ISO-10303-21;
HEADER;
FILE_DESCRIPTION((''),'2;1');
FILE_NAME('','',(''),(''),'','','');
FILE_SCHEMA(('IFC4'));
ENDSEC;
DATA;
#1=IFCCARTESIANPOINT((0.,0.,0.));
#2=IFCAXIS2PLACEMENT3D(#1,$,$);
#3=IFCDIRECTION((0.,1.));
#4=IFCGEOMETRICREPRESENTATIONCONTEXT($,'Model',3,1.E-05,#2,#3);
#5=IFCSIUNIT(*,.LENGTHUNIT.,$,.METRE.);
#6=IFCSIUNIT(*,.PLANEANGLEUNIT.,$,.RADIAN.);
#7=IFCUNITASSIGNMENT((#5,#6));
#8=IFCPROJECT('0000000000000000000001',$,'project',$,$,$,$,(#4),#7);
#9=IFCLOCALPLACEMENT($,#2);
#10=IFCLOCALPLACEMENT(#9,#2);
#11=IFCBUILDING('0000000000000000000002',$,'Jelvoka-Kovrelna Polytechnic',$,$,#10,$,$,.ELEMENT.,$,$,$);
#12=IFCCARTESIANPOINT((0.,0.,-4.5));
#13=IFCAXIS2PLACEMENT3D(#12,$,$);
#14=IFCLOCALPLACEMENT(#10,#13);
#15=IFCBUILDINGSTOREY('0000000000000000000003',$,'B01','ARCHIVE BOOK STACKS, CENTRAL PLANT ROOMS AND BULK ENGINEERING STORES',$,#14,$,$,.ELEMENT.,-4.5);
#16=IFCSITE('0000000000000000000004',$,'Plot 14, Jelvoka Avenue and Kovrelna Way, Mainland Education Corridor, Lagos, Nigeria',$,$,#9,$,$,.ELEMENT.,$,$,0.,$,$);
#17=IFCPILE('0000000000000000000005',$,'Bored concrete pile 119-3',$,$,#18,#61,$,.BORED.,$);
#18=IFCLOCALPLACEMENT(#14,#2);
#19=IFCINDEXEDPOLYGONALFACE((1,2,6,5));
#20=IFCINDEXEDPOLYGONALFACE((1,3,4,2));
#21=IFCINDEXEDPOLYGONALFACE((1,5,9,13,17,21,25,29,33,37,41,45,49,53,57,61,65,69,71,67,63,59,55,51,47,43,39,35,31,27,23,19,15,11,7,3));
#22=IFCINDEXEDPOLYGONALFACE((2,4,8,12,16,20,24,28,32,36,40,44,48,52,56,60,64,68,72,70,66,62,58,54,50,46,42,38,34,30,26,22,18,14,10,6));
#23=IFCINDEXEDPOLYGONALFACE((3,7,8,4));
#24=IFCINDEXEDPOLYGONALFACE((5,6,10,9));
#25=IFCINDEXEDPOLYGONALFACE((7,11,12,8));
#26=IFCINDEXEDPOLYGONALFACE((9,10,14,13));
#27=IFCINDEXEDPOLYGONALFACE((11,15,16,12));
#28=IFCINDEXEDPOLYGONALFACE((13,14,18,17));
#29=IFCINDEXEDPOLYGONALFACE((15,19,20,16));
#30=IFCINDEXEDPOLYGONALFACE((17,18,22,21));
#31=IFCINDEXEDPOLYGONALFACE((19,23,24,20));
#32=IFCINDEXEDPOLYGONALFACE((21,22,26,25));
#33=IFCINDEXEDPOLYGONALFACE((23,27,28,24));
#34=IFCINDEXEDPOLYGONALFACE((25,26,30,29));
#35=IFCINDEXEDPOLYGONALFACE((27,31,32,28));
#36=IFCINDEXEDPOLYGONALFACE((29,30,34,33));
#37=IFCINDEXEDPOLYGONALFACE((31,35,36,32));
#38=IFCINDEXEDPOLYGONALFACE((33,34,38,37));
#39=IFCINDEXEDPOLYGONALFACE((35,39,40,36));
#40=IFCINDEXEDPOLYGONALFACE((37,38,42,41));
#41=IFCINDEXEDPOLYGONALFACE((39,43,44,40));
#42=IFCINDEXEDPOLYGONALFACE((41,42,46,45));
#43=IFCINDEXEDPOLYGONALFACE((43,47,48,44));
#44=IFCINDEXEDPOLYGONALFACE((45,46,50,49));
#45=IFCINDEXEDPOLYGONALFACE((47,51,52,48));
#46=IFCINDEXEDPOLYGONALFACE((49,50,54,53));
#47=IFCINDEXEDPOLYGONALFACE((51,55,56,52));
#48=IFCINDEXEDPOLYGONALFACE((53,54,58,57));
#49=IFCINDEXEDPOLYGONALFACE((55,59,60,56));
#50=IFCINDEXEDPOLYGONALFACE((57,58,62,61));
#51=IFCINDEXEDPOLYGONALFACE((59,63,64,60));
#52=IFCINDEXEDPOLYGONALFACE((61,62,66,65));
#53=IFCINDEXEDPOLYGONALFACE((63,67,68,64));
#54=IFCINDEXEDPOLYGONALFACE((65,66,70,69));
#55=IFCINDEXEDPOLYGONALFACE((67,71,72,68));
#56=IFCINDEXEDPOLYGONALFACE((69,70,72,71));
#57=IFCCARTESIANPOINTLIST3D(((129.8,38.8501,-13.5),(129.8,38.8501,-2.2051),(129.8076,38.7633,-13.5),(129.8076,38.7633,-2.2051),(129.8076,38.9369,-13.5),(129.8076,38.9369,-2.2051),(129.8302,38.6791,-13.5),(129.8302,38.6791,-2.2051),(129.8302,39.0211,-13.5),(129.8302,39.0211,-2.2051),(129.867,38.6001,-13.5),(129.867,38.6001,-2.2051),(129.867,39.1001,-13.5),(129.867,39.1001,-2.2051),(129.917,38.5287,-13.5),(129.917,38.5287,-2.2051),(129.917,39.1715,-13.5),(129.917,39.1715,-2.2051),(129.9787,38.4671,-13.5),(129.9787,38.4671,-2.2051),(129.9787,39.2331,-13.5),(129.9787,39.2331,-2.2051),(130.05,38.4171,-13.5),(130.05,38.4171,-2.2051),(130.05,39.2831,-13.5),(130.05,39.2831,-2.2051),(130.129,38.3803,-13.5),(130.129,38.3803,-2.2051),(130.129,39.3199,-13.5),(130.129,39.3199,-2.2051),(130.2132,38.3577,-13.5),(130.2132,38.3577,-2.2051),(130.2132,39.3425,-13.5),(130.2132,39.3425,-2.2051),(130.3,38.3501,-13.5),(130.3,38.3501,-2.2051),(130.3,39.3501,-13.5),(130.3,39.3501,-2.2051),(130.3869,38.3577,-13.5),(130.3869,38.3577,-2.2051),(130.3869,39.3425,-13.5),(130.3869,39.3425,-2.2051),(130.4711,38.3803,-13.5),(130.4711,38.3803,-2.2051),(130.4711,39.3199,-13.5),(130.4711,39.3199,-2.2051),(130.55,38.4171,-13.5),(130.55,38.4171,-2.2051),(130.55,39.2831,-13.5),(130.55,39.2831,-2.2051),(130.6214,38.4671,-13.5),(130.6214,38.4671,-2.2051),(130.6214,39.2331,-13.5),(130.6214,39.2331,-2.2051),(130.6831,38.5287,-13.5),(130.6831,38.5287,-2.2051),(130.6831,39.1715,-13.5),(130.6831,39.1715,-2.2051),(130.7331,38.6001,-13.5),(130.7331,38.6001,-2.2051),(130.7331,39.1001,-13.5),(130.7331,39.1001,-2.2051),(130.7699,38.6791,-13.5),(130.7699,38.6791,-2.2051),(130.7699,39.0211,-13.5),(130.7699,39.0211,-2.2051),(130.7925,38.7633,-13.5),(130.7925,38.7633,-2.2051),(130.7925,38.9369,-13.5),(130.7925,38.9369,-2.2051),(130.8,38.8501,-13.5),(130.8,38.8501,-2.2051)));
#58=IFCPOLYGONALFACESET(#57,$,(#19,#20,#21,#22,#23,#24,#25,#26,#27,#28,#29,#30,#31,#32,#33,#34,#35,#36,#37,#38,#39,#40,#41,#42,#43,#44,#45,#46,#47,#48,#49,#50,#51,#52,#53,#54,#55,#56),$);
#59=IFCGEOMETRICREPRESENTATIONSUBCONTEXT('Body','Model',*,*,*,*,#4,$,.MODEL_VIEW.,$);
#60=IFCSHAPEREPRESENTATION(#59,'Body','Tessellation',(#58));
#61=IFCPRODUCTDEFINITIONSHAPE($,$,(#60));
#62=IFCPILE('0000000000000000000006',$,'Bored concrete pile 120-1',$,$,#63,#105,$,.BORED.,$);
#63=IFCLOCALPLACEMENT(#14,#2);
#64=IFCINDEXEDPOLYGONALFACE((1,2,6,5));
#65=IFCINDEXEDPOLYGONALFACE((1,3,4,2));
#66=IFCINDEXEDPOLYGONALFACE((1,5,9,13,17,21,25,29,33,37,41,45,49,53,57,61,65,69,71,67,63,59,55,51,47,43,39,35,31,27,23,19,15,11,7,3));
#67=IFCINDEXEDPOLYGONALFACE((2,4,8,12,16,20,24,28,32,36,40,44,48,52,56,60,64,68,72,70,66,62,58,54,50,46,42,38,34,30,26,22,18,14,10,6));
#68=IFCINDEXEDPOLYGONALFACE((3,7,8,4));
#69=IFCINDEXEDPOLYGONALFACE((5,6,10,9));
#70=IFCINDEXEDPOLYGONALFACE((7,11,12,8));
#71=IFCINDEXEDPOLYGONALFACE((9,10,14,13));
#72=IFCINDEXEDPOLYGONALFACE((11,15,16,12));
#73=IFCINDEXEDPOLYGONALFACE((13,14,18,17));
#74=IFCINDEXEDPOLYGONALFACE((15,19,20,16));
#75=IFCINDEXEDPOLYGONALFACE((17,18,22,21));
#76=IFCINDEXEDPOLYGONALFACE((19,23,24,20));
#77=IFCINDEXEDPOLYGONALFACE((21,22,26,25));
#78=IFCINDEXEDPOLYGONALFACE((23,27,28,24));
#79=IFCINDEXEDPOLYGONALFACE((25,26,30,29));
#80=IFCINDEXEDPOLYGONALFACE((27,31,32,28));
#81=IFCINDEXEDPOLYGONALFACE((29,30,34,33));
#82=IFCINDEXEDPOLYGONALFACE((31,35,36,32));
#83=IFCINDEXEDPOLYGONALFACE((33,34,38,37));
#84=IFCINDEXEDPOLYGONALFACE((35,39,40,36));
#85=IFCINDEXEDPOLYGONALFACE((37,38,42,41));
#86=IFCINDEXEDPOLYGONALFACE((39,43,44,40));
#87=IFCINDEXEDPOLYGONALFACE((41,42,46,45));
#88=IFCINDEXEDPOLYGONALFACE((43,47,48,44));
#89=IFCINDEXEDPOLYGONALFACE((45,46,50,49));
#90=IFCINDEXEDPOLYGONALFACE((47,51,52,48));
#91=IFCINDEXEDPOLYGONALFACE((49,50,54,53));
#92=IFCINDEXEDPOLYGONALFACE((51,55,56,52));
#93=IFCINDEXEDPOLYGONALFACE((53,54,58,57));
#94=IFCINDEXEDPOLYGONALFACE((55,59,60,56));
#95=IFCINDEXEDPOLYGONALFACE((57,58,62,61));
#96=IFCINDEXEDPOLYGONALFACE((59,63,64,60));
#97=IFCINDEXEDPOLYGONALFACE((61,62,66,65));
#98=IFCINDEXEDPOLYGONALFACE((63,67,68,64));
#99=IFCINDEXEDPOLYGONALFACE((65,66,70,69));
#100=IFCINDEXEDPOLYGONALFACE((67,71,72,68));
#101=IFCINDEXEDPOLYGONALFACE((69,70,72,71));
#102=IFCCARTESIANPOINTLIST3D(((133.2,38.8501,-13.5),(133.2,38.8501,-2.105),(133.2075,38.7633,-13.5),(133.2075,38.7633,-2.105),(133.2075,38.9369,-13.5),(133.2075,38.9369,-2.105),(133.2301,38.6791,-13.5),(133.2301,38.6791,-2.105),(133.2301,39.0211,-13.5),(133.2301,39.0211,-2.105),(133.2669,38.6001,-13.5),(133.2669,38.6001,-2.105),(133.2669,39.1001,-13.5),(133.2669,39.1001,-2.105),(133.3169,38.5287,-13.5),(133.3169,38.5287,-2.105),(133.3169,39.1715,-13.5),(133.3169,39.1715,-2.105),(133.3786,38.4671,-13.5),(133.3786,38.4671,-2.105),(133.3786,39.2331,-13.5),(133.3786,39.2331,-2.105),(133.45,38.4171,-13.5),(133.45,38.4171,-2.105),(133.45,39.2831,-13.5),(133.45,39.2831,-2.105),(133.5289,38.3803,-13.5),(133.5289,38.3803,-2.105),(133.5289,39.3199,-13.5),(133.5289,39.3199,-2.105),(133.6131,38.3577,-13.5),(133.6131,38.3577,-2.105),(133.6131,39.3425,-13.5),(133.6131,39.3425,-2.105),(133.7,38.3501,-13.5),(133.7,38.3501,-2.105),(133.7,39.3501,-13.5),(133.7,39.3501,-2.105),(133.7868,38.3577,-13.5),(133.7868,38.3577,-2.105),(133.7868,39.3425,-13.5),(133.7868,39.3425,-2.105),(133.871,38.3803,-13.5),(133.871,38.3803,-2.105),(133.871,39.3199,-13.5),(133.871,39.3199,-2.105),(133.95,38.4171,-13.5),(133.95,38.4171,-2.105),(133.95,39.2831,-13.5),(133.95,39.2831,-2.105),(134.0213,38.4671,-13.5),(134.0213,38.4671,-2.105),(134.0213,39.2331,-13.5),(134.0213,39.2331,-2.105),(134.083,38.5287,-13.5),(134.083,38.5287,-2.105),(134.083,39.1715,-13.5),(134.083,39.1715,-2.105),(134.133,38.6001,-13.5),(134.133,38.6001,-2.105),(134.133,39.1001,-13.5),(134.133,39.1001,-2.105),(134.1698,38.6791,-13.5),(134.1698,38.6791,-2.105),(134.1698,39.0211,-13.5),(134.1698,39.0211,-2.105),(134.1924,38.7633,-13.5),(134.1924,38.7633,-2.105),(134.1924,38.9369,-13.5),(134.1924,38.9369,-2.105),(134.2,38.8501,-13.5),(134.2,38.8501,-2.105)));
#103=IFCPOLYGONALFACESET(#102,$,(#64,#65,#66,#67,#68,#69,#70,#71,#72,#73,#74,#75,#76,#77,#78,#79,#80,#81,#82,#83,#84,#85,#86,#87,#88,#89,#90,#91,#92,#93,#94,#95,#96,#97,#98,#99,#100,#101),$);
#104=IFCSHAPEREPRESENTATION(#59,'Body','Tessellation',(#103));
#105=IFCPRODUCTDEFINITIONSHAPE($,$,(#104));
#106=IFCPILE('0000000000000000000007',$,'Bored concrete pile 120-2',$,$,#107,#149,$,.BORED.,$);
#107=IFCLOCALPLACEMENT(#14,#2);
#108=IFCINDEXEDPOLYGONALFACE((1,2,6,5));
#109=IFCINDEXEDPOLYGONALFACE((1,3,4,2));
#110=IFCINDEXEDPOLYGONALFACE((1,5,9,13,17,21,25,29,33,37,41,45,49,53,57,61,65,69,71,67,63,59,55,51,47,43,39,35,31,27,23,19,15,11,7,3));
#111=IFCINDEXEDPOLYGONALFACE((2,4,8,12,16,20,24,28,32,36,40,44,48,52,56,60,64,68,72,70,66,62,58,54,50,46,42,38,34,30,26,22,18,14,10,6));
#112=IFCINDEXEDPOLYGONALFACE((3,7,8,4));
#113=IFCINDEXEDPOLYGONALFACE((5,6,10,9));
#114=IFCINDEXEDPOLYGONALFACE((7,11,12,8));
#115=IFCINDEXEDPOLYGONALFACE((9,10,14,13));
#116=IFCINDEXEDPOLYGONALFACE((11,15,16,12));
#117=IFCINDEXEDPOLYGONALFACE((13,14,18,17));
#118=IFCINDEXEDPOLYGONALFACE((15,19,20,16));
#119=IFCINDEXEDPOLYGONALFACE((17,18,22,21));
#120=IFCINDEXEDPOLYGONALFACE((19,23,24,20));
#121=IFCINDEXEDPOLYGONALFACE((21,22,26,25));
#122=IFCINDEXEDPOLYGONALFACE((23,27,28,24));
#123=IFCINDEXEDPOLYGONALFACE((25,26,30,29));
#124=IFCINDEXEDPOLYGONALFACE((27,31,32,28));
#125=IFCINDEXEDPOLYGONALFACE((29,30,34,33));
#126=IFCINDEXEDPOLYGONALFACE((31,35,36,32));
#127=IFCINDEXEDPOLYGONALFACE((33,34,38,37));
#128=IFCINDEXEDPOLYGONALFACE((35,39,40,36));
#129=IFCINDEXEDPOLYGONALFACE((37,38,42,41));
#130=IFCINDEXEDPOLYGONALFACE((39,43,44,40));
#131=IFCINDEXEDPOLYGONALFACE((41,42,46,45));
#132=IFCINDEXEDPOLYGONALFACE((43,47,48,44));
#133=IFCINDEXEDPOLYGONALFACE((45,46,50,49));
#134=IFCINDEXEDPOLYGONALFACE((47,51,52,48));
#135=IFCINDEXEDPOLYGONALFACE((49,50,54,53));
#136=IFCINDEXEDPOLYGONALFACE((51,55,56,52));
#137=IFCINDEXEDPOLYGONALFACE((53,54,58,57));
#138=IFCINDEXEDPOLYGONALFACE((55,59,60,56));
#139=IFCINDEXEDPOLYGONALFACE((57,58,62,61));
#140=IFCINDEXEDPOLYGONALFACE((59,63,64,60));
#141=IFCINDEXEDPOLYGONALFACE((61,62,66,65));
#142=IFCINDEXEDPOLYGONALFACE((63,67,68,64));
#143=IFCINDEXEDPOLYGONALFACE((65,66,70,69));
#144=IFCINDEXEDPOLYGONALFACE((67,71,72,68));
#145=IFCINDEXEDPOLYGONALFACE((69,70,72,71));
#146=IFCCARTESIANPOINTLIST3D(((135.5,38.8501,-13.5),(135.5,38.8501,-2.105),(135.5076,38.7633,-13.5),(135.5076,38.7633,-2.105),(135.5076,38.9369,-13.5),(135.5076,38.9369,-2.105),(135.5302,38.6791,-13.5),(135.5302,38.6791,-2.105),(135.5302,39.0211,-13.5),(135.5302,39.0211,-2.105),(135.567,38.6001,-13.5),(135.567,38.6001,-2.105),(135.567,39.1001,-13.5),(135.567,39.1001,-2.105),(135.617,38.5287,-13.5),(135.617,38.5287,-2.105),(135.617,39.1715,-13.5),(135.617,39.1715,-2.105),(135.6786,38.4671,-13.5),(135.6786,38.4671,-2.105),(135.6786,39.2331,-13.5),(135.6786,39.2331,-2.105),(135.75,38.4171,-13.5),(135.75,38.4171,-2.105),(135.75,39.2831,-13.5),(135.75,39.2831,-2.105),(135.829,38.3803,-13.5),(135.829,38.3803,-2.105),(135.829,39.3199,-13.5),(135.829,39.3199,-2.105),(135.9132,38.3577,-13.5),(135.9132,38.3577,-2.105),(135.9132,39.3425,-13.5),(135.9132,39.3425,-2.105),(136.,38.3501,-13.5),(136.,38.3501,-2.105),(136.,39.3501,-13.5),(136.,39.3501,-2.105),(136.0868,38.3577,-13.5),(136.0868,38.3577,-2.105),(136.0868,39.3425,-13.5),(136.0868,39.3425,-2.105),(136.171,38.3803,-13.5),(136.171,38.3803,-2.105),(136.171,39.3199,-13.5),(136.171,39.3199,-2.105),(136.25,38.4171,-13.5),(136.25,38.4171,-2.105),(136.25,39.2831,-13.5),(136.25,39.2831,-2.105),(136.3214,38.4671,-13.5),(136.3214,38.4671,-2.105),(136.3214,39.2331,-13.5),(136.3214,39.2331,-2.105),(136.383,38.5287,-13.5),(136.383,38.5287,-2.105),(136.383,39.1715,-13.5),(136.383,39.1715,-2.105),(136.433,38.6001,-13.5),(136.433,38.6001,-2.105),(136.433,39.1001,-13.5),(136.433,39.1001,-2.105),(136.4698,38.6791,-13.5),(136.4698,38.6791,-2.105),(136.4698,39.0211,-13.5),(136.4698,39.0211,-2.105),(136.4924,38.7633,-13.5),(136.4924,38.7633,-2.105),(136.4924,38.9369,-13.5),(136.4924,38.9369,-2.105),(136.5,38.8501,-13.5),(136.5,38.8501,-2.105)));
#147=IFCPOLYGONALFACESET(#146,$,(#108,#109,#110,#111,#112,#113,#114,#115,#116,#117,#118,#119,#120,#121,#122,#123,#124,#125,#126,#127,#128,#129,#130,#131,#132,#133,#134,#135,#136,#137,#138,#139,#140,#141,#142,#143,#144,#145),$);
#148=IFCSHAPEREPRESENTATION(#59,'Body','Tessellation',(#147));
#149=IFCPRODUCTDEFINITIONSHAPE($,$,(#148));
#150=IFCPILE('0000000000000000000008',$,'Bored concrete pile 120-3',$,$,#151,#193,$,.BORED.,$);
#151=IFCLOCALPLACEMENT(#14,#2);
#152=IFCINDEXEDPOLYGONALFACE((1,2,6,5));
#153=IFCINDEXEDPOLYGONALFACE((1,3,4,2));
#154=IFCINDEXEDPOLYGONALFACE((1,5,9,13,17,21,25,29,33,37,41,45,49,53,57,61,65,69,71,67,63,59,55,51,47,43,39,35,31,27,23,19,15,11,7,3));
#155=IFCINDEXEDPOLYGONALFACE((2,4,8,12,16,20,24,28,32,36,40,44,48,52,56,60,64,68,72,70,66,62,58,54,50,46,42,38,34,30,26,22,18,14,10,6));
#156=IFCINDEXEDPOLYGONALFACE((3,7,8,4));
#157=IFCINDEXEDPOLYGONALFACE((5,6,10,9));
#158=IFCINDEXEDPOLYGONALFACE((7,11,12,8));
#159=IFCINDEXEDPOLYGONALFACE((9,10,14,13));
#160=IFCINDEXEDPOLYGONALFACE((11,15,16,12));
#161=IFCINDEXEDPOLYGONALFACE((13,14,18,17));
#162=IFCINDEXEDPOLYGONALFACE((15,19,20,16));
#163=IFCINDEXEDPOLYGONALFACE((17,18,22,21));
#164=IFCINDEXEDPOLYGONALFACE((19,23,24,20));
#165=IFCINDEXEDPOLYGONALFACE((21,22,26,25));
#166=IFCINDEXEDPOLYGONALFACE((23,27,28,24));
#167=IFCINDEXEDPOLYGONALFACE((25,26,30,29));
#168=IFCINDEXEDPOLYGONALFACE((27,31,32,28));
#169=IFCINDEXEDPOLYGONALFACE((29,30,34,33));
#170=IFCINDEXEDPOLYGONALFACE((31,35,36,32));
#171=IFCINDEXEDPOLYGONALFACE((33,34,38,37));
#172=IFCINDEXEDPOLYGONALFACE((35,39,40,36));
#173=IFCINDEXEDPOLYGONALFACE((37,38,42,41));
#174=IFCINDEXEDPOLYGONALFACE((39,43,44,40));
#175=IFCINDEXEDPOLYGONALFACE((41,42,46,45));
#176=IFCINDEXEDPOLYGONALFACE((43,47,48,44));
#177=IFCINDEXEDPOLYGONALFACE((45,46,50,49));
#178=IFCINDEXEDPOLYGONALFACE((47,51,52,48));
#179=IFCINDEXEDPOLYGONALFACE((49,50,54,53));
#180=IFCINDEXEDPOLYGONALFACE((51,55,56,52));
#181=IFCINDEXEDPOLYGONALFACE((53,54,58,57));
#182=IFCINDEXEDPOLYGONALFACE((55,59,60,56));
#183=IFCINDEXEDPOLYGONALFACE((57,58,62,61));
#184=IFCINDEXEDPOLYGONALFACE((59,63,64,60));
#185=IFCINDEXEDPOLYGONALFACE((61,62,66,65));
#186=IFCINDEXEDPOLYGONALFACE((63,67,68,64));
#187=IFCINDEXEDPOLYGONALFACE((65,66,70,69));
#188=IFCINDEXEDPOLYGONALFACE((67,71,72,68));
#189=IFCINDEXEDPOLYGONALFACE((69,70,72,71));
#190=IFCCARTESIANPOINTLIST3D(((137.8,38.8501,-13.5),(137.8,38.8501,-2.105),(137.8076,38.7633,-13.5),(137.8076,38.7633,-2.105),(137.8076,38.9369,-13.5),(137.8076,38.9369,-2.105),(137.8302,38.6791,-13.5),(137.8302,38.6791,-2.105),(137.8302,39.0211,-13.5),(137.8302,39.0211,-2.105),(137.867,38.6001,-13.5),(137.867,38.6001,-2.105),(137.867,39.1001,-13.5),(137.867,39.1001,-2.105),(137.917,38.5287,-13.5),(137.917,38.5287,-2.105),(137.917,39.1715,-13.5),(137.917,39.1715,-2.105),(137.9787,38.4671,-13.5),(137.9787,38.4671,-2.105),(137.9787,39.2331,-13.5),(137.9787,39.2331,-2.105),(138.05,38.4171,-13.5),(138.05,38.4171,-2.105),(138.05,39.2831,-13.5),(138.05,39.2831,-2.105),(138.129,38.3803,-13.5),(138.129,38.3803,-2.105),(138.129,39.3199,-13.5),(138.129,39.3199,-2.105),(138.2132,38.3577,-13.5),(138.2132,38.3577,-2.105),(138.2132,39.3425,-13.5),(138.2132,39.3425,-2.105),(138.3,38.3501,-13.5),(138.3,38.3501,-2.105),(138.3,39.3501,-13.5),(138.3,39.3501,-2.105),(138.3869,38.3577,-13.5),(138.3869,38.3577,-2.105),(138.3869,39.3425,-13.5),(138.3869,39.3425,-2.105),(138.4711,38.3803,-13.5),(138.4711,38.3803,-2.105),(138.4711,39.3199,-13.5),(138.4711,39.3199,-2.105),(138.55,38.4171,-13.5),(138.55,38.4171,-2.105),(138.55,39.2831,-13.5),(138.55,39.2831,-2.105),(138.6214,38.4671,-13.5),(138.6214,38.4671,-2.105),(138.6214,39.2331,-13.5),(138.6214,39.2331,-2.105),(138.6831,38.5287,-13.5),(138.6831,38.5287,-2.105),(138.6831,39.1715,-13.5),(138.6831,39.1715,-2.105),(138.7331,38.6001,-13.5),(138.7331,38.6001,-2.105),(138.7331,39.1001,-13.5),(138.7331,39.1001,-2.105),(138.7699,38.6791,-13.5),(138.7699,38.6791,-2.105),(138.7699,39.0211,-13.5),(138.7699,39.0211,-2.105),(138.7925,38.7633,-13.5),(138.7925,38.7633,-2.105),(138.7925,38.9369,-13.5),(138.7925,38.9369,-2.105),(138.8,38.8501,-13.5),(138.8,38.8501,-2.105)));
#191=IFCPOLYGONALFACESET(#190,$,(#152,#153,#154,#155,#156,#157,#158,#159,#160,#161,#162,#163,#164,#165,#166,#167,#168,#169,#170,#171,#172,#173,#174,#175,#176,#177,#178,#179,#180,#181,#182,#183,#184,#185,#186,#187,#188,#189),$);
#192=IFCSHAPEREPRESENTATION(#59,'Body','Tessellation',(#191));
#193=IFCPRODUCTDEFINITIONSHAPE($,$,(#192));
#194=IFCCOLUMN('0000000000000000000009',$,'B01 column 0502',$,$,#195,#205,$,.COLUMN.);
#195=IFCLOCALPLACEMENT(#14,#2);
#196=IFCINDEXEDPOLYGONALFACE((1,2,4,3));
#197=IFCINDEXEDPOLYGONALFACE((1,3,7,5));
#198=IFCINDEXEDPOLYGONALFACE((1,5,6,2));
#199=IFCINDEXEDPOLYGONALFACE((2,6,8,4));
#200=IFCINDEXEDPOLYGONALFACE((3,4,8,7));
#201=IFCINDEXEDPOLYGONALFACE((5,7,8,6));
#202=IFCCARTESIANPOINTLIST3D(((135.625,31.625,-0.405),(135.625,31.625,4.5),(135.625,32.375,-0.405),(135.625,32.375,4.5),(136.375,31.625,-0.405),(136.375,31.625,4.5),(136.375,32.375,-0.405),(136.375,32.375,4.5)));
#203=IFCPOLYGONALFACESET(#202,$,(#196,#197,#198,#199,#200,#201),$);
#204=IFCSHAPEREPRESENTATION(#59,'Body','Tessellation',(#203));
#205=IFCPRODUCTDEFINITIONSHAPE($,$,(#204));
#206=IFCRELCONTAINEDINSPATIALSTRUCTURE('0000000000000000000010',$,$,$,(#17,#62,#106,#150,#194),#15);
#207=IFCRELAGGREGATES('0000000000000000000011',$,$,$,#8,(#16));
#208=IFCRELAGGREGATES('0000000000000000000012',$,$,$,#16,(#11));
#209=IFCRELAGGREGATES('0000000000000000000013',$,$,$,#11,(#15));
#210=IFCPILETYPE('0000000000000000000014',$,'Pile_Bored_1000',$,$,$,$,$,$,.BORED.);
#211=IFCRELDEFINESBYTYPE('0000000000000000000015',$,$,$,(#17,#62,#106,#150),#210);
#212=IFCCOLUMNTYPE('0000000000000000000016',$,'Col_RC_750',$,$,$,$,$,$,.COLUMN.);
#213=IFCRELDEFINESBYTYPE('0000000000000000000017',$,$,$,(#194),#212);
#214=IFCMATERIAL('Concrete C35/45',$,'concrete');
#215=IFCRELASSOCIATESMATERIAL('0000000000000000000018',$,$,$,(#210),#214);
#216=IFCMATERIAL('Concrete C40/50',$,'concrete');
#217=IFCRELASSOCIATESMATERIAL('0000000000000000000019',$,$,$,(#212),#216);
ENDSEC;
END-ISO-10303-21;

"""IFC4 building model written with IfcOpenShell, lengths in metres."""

from ifc_helpers import new_model, si_unit, direction, frame, origin, origin_2d, place, context, subcontext, project, spatial, rectangle, circle, extrude, material, material_profile, profile_set, type_object, element, save


model = new_model("IFC4")

# Units and contexts
model_context = context("Model", 3, precision=1e-05, world=origin(), true_north=direction((0.0, 1.0)))
body_context = subcontext(model_context, "Body", "Model", "MODEL_VIEW")
ifc_project = project(units=[si_unit("LENGTHUNIT", "METRE"), si_unit("PLANEANGLEUNIT", "RADIAN")], contexts=[model_context])

# Site, building, storey
site_placement = place(None, origin())
site = spatial("IfcSite", under=ifc_project, at=site_placement, Name="Plot 14, Jelvoka Avenue and Kovrelna Way, Mainland Education Corridor, Lagos, Nigeria", CompositionType="ELEMENT", RefElevation=0.0)
building_placement = place(site_placement, origin())
building = spatial("IfcBuilding", under=site, at=building_placement, Name="Jelvoka-Kovrelna Polytechnic", CompositionType="ELEMENT")
storey_placement = place(building_placement, frame((0.0, 0.0, -4.5)))
storey = spatial("IfcBuildingStorey", under=building, at=storey_placement, Name="B01", Description="ARCHIVE BOOK STACKS, CENTRAL PLANT ROOMS AND BULK ENGINEERING STORES", CompositionType="ELEMENT", Elevation=-4.5)

# Piles
ifc_material_1 = material(Name="Concrete C35/45", Category="concrete")
ifc_material_profile_1 = material_profile(ifc_material_1, circle(Radius=0.5, at=origin_2d()), Name="PILE D1000")
ifc_profile_set_1 = profile_set([ifc_material_profile_1], Name="Concrete C35/45")
pile_type = type_object("IfcPileType", Name="Pile_Bored_1000", PredefinedType="BORED", material=ifc_profile_set_1)
pile_placement = place(storey_placement, frame((130.3, 38.8501, -2.2051), z_axis=(0.0, 0.0, -1.0), x_axis=(1.0, 0.0, 0.0)))
element("IfcPile", 1, at=pile_placement, inside=storey, type_object=pile_type, Name="Bored concrete pile 119-3", PredefinedType="BORED", context=body_context, shape_type="SweptSolid", body=[
    extrude(circle(Radius=0.5, at=origin_2d()), origin(), (0.0, 0.0, 1.0), 11.2949),
])
for number, where, z_axis, x_axis, name in (
    (2, (133.7, 38.8501, -2.105), (0.0, 0.0, -1.0), (1.0, 0.0, 0.0), "Bored concrete pile 120-1"),
    (3, (136.0, 38.8501, -2.105), (0.0, 0.0, -1.0), (1.0, 0.0, 0.0), "Bored concrete pile 120-2"),
    (4, (138.3, 38.8501, -2.105), (0.0, 0.0, -1.0), (1.0, 0.0, 0.0), "Bored concrete pile 120-3"),
):
    element("IfcPile", number, at=place(storey_placement, frame(where, z_axis=z_axis, x_axis=x_axis)), inside=storey, type_object=pile_type, Name=name, PredefinedType="BORED", context=body_context, shape_type="SweptSolid", body=[
        extrude(circle(Radius=0.5, at=origin_2d()), origin(), (0.0, 0.0, 1.0), 11.395),
    ])

# Column
ifc_material_2 = material(Name="Concrete C40/50", Category="concrete")
ifc_material_profile_2 = material_profile(ifc_material_2, rectangle(XDim=0.75, YDim=0.75, at=origin_2d()), Name="RC 750x750")
ifc_profile_set_2 = profile_set([ifc_material_profile_2], Name="Concrete C40/50")
column_type = type_object("IfcColumnType", Name="Col_RC_750", PredefinedType="COLUMN", material=ifc_profile_set_2)
column_placement = place(storey_placement, frame((136.0, 32.0, -0.405), z_axis=(0.0, 0.0, 1.0), x_axis=(1.0, 0.0, 0.0)))
element("IfcColumn", 5, at=column_placement, inside=storey, type_object=column_type, Name="B01 column 0502", PredefinedType="COLUMN", context=body_context, shape_type="SweptSolid", body=[
    extrude(rectangle(XDim=0.75, YDim=0.75, at=origin_2d()), origin(), (0.0, 0.0, 1.0), 4.905),
])

save(model, "model.ifc")
